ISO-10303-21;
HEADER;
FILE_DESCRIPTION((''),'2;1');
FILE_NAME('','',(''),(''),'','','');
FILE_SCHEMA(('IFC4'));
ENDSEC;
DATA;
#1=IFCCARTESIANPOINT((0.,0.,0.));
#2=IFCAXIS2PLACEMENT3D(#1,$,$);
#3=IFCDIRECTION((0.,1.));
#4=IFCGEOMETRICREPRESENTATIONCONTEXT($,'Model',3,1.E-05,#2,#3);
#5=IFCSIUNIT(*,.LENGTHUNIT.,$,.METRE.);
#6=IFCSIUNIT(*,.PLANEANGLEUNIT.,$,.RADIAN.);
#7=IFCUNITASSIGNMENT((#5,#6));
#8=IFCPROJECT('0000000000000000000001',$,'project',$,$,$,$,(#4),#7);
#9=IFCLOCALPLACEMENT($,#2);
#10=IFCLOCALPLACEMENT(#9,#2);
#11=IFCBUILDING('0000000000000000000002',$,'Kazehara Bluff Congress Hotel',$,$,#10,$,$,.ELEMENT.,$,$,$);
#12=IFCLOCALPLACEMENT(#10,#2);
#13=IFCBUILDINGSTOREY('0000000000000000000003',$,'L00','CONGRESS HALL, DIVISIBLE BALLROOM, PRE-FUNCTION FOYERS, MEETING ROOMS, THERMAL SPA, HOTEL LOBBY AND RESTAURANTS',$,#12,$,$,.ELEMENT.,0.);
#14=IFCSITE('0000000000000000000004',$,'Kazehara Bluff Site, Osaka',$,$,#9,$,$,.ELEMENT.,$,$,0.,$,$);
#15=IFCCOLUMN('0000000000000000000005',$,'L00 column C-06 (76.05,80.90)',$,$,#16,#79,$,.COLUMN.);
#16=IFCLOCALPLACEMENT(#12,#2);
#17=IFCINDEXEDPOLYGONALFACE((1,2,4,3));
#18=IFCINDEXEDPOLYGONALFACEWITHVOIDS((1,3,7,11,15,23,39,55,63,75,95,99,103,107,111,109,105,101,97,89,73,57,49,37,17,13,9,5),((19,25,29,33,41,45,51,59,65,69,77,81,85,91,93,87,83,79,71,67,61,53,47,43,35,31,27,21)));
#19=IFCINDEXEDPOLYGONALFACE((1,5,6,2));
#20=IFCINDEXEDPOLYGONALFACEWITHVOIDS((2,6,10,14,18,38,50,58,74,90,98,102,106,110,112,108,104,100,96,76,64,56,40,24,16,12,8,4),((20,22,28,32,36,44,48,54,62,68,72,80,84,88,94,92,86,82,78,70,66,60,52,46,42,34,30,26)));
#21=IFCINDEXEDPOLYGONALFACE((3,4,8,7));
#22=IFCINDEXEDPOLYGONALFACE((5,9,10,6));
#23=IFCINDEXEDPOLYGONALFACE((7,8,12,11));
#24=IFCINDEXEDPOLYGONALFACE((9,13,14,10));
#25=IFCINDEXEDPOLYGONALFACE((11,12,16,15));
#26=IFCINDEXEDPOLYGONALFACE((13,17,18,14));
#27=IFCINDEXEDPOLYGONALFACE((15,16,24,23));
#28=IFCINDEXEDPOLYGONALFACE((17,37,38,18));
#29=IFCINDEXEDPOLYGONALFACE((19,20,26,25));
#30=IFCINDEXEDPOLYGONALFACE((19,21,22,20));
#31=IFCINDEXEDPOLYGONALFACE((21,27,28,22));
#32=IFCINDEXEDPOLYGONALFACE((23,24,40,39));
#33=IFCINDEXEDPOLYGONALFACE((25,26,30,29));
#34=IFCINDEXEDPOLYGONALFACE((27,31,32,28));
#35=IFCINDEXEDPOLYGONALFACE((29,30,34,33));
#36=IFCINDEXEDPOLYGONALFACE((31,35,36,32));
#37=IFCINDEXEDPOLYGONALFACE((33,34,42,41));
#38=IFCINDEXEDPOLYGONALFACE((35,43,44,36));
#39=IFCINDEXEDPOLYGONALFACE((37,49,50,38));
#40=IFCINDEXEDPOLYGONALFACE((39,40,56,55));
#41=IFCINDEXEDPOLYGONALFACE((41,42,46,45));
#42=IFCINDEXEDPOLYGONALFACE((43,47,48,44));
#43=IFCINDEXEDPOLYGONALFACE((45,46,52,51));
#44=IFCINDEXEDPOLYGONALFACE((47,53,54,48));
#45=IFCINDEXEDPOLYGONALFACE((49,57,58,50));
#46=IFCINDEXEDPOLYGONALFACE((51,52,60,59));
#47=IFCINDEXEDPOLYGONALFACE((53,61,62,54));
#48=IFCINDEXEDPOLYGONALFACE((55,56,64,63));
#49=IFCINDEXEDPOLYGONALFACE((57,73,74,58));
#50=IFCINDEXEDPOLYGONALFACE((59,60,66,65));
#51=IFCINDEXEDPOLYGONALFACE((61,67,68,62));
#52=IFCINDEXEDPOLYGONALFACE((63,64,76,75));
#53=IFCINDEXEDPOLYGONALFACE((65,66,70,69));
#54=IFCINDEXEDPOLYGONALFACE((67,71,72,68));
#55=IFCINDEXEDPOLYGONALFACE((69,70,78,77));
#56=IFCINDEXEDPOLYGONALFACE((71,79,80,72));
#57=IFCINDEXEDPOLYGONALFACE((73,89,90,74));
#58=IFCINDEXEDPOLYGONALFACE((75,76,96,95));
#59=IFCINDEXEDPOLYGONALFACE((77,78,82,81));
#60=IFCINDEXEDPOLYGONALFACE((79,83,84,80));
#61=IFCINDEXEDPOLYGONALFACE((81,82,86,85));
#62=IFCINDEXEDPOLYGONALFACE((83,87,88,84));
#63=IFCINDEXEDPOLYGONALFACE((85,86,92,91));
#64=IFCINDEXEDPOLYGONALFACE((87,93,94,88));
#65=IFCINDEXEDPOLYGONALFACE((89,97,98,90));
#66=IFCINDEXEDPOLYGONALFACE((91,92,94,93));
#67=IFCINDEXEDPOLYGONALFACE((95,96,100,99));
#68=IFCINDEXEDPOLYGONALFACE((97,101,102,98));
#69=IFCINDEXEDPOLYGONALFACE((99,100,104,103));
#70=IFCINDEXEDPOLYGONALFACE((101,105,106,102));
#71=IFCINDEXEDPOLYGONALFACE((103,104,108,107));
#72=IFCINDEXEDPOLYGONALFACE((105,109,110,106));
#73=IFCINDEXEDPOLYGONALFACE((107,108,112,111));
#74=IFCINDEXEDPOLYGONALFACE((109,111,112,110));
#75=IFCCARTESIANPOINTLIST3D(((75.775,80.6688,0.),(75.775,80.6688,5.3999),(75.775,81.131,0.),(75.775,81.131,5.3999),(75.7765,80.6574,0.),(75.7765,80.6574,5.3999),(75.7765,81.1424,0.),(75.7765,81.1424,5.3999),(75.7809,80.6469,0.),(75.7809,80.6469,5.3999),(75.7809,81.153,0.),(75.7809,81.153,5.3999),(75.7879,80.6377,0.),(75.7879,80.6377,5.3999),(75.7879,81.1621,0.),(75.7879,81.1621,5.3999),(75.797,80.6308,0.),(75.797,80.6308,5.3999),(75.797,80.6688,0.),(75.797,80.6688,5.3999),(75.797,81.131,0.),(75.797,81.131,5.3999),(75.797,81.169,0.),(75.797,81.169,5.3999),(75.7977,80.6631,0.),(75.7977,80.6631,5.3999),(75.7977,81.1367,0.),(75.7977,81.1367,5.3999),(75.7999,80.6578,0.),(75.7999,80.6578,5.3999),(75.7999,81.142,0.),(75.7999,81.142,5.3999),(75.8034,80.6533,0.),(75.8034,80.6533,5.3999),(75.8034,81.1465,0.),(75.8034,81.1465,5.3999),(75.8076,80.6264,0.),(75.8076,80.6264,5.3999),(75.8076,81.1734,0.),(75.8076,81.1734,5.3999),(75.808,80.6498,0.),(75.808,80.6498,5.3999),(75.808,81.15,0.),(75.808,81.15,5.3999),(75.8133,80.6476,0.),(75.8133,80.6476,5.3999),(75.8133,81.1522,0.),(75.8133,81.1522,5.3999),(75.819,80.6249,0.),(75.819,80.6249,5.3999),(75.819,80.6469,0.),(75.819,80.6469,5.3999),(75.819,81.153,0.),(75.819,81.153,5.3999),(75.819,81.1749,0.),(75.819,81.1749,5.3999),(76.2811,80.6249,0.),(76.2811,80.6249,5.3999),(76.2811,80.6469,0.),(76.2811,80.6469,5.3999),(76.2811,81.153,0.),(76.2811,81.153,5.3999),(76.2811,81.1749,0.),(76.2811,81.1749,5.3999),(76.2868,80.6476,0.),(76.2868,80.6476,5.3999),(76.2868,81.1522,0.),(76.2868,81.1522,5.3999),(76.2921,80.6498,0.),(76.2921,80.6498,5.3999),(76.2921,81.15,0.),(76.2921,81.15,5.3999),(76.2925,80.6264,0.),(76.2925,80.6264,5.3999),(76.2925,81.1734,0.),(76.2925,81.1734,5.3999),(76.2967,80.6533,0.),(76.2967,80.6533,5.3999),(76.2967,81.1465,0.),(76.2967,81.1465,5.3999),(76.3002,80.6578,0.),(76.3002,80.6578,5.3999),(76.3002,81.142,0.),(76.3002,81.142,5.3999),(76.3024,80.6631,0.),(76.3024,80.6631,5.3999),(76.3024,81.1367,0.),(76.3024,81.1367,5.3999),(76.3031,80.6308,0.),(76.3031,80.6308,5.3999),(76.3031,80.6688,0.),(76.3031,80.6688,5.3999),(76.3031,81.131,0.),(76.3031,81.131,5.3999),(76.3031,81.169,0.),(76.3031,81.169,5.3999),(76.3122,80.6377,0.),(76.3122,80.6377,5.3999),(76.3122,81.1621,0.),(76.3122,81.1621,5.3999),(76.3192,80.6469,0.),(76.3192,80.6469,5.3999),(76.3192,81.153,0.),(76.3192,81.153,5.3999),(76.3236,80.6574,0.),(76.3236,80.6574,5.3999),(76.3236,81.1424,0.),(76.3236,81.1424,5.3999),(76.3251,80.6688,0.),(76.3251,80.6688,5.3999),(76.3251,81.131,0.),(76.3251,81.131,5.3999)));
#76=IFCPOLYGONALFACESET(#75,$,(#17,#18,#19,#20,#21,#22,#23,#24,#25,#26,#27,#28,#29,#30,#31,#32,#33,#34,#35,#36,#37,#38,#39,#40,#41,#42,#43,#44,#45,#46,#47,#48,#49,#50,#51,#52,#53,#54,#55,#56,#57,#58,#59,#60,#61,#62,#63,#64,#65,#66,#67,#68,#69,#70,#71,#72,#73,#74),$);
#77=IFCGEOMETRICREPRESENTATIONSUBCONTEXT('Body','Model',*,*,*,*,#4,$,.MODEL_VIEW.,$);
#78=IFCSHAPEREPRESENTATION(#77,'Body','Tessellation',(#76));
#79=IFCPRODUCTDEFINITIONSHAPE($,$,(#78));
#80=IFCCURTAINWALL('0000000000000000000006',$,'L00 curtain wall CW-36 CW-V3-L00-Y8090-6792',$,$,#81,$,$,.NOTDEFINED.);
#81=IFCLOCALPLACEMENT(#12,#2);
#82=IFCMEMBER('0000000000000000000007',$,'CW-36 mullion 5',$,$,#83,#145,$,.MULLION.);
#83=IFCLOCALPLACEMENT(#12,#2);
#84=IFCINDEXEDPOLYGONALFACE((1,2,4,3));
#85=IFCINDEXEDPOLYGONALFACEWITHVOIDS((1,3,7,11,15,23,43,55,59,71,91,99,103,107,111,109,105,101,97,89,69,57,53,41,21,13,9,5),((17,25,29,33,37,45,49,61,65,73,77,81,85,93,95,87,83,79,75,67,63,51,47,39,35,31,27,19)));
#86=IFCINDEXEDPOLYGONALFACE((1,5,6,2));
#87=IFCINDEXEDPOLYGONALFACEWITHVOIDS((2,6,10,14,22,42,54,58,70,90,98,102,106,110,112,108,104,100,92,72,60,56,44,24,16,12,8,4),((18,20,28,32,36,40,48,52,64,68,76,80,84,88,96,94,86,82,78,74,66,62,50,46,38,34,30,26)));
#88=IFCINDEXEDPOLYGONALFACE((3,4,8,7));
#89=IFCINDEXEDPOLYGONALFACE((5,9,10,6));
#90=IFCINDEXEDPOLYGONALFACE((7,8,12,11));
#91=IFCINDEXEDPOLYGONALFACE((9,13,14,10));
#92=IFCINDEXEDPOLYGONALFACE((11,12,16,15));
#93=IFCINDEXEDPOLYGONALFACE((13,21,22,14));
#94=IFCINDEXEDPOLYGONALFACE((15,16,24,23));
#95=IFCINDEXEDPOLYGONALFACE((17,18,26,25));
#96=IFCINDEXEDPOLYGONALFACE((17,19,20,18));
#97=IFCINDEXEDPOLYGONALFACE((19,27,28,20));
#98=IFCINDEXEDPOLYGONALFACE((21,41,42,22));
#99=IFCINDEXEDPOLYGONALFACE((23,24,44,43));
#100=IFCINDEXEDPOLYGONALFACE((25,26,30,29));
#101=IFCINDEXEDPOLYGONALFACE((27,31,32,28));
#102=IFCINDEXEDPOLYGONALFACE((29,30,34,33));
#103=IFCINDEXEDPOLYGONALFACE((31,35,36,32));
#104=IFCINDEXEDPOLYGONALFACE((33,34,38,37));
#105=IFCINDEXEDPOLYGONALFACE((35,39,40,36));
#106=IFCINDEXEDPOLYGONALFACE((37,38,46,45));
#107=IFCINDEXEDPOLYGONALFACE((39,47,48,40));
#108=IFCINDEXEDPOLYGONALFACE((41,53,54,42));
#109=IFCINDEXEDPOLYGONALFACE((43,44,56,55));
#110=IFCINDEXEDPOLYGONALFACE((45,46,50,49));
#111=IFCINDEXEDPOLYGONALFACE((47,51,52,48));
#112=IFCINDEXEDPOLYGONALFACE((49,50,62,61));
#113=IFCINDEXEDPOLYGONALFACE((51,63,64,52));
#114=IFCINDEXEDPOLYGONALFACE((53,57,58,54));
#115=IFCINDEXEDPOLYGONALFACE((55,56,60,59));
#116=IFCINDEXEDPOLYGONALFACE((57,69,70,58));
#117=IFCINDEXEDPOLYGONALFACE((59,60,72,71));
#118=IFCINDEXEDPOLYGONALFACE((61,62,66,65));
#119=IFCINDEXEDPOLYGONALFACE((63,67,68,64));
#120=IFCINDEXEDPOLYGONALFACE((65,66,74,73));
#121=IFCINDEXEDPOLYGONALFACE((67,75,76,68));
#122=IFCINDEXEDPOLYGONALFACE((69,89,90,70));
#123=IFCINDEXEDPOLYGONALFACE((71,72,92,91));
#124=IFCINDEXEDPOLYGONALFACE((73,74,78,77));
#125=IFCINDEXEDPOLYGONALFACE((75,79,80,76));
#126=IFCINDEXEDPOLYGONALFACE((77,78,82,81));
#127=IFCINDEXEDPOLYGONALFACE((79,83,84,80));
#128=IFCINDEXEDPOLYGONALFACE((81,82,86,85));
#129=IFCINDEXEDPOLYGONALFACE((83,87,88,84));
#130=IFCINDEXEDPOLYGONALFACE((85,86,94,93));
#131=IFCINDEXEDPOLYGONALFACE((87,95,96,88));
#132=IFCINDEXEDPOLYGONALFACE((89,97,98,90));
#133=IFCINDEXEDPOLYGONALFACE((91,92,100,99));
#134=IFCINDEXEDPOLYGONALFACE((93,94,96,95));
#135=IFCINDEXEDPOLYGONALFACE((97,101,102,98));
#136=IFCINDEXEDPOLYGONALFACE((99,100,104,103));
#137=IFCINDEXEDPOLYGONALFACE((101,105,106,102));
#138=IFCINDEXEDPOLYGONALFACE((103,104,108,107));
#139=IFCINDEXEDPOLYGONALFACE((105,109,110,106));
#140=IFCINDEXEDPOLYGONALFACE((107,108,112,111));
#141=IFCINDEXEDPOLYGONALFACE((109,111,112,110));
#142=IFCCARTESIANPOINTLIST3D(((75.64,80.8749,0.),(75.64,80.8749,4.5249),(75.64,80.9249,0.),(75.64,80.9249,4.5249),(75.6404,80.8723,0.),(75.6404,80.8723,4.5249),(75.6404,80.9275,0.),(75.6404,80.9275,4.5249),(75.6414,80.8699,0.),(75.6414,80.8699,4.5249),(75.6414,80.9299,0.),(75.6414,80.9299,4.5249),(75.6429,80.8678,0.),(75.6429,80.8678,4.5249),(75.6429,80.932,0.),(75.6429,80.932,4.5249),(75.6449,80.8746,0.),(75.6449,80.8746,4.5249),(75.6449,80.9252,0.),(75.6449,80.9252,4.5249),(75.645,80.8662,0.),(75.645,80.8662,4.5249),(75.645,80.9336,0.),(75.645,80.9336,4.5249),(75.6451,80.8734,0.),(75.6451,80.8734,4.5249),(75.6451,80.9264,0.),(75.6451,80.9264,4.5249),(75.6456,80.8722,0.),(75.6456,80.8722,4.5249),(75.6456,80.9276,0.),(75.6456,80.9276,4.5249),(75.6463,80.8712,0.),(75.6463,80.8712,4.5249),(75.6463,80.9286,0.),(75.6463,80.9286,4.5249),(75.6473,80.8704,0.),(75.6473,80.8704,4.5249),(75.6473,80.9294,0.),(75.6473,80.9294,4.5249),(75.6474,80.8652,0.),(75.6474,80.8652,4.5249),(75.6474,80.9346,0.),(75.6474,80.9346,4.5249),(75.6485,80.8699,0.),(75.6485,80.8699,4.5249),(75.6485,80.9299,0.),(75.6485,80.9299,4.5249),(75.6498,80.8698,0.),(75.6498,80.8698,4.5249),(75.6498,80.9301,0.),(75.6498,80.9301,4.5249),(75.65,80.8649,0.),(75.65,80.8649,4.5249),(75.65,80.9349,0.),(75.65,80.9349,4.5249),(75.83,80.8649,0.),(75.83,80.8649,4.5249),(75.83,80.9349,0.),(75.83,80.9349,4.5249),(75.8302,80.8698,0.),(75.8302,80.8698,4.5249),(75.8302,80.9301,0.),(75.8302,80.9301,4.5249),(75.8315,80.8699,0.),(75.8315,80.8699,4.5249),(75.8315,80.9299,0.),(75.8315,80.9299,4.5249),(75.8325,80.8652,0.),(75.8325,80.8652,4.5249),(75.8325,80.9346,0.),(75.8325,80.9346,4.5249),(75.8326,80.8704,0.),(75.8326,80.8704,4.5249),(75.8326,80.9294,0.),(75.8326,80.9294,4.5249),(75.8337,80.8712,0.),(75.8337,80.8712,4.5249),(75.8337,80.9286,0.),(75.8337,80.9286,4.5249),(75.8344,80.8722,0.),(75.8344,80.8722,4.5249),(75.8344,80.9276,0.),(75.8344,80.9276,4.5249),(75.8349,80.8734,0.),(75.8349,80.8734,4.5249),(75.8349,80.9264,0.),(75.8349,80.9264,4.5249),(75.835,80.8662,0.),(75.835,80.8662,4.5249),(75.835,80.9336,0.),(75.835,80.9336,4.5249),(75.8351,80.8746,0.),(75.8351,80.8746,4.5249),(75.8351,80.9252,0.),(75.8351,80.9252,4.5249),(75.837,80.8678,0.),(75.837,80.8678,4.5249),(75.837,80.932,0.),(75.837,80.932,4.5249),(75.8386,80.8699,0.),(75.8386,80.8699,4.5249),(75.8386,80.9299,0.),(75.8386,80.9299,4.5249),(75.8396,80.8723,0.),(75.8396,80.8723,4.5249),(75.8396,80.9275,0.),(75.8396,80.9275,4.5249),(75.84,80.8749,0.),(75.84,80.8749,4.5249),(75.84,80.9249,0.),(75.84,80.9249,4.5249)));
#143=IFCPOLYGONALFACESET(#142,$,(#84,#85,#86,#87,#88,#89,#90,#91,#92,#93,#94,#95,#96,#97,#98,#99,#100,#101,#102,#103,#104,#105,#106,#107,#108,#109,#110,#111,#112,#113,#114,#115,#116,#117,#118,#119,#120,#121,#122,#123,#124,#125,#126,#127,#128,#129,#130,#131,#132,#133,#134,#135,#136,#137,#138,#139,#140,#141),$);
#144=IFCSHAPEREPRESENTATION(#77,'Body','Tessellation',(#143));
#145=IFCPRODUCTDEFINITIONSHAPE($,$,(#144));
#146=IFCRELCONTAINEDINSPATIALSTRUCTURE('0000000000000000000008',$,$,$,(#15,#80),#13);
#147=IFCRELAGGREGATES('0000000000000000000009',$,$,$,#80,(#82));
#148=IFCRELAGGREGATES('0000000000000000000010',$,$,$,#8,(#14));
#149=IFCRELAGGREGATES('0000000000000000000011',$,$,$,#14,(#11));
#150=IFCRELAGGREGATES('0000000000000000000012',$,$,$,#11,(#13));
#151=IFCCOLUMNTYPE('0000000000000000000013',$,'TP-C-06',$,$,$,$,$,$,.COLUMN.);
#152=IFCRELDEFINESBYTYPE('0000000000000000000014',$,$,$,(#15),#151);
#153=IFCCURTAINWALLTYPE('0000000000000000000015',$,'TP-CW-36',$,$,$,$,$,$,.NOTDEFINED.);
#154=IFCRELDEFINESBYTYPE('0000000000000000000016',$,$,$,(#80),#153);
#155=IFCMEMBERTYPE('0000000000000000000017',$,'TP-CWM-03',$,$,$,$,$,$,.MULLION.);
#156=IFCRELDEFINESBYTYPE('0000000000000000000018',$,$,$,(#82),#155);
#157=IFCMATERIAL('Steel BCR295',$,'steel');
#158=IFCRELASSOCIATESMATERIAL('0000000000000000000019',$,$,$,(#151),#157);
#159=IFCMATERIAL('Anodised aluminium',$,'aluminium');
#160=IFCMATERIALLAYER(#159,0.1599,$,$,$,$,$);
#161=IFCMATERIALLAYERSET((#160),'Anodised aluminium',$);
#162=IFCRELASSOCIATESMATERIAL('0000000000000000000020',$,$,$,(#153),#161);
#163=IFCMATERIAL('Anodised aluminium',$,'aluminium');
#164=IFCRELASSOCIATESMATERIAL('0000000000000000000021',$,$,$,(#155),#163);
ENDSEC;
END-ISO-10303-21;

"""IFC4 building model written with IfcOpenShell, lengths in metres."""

from ifc_helpers import new_model, si_unit, direction, frame, origin, origin_2d, place, context, subcontext, project, spatial, hollow_rectangle, extrude, material, layer, layer_set, material_profile, profile_set, type_object, element, aggregate, save


model = new_model("IFC4")

# Units and contexts
model_context = context("Model", 3, precision=1e-05, world=origin(), true_north=direction((0.0, 1.0)))
body_context = subcontext(model_context, "Body", "Model", "MODEL_VIEW")
ifc_project = project(units=[si_unit("LENGTHUNIT", "METRE"), si_unit("PLANEANGLEUNIT", "RADIAN")], contexts=[model_context])

# Site, building, storey
site_placement = place(None, origin())
site = spatial("IfcSite", under=ifc_project, at=site_placement, Name="Kazehara Bluff Site, Osaka", CompositionType="ELEMENT", RefElevation=0.0)
building_placement = place(site_placement, origin())
building = spatial("IfcBuilding", under=site, at=building_placement, Name="Kazehara Bluff Congress Hotel", CompositionType="ELEMENT")
storey_placement = place(building_placement, origin())
storey = spatial("IfcBuildingStorey", under=building, at=storey_placement, Name="L00", Description="CONGRESS HALL, DIVISIBLE BALLROOM, PRE-FUNCTION FOYERS, MEETING ROOMS, THERMAL SPA, HOTEL LOBBY AND RESTAURANTS", CompositionType="ELEMENT", Elevation=0.0)

# Column
ifc_material_1 = material(Name="Steel BCR295", Category="steel")
ifc_material_profile_1 = material_profile(ifc_material_1, hollow_rectangle(XDim=0.55, YDim=0.55, WallThickness=0.022, InnerFilletRadius=0.022, OuterFilletRadius=0.0439, at=origin_2d()))
ifc_profile_set_1 = profile_set([ifc_material_profile_1], Name="Steel BCR295")
column_type = type_object("IfcColumnType", Name="TP-C-06", PredefinedType="COLUMN", material=ifc_profile_set_1)
column_placement = place(storey_placement, frame((76.05, 80.8999, 0.0), z_axis=(0.0, 0.0, 1.0), x_axis=(1.0, 0.0, 0.0)))
element("IfcColumn", 1, at=column_placement, inside=storey, type_object=column_type, Name="L00 column C-06 (76.05,80.90)", PredefinedType="COLUMN", context=body_context, shape_type="SweptSolid", body=[
    extrude(hollow_rectangle(XDim=0.55, YDim=0.55, WallThickness=0.022, InnerFilletRadius=0.022, OuterFilletRadius=0.0439, at=origin_2d()), origin(), (0.0, 0.0, 1.0), 5.3999),
])

# Curtain wall, member
ifc_material_2 = material(Name="Anodised aluminium", Category="aluminium")
ifc_layer_1 = layer(ifc_material_2, 0.1599)
ifc_layer_set_1 = layer_set([ifc_layer_1], Name="Anodised aluminium")
curtain_wall_type = type_object("IfcCurtainWallType", Name="TP-CW-36", PredefinedType="NOTDEFINED", material=ifc_layer_set_1)
curtain_wall_1_placement = place(storey_placement, origin())
curtain_wall_1 = element("IfcCurtainWall", 2, at=curtain_wall_1_placement, inside=storey, type_object=curtain_wall_type, Name="L00 curtain wall CW-36 CW-V3-L00-Y8090-6792", PredefinedType="NOTDEFINED")
ifc_material_3 = material(Name="Anodised aluminium", Category="aluminium")
ifc_material_profile_2 = material_profile(ifc_material_3, hollow_rectangle(XDim=0.0701, YDim=0.2, WallThickness=0.0049, InnerFilletRadius=0.0049, OuterFilletRadius=0.01, at=origin_2d()))
ifc_profile_set_2 = profile_set([ifc_material_profile_2], Name="Anodised aluminium")
member_type_1 = type_object("IfcMemberType", Name="TP-CWM-03", PredefinedType="MULLION", material=ifc_profile_set_2)
member_1_placement = place(storey_placement, frame((75.74, 80.8999, 0.0), z_axis=(0.0, 0.0, 1.0), x_axis=(0.0, 1.0, 0.0)))
member_1 = element("IfcMember", 3, at=member_1_placement, type_object=member_type_1, Name="CW-36 mullion 5", PredefinedType="MULLION", context=body_context, shape_type="SweptSolid", body=[
    extrude(hollow_rectangle(XDim=0.0701, YDim=0.2, WallThickness=0.0049, InnerFilletRadius=0.0049, OuterFilletRadius=0.01, at=origin_2d()), origin(), (0.0, 0.0, 1.0), 4.5249),
])

aggregate(curtain_wall_1, [member_1])

save(model, "model.ifc")
